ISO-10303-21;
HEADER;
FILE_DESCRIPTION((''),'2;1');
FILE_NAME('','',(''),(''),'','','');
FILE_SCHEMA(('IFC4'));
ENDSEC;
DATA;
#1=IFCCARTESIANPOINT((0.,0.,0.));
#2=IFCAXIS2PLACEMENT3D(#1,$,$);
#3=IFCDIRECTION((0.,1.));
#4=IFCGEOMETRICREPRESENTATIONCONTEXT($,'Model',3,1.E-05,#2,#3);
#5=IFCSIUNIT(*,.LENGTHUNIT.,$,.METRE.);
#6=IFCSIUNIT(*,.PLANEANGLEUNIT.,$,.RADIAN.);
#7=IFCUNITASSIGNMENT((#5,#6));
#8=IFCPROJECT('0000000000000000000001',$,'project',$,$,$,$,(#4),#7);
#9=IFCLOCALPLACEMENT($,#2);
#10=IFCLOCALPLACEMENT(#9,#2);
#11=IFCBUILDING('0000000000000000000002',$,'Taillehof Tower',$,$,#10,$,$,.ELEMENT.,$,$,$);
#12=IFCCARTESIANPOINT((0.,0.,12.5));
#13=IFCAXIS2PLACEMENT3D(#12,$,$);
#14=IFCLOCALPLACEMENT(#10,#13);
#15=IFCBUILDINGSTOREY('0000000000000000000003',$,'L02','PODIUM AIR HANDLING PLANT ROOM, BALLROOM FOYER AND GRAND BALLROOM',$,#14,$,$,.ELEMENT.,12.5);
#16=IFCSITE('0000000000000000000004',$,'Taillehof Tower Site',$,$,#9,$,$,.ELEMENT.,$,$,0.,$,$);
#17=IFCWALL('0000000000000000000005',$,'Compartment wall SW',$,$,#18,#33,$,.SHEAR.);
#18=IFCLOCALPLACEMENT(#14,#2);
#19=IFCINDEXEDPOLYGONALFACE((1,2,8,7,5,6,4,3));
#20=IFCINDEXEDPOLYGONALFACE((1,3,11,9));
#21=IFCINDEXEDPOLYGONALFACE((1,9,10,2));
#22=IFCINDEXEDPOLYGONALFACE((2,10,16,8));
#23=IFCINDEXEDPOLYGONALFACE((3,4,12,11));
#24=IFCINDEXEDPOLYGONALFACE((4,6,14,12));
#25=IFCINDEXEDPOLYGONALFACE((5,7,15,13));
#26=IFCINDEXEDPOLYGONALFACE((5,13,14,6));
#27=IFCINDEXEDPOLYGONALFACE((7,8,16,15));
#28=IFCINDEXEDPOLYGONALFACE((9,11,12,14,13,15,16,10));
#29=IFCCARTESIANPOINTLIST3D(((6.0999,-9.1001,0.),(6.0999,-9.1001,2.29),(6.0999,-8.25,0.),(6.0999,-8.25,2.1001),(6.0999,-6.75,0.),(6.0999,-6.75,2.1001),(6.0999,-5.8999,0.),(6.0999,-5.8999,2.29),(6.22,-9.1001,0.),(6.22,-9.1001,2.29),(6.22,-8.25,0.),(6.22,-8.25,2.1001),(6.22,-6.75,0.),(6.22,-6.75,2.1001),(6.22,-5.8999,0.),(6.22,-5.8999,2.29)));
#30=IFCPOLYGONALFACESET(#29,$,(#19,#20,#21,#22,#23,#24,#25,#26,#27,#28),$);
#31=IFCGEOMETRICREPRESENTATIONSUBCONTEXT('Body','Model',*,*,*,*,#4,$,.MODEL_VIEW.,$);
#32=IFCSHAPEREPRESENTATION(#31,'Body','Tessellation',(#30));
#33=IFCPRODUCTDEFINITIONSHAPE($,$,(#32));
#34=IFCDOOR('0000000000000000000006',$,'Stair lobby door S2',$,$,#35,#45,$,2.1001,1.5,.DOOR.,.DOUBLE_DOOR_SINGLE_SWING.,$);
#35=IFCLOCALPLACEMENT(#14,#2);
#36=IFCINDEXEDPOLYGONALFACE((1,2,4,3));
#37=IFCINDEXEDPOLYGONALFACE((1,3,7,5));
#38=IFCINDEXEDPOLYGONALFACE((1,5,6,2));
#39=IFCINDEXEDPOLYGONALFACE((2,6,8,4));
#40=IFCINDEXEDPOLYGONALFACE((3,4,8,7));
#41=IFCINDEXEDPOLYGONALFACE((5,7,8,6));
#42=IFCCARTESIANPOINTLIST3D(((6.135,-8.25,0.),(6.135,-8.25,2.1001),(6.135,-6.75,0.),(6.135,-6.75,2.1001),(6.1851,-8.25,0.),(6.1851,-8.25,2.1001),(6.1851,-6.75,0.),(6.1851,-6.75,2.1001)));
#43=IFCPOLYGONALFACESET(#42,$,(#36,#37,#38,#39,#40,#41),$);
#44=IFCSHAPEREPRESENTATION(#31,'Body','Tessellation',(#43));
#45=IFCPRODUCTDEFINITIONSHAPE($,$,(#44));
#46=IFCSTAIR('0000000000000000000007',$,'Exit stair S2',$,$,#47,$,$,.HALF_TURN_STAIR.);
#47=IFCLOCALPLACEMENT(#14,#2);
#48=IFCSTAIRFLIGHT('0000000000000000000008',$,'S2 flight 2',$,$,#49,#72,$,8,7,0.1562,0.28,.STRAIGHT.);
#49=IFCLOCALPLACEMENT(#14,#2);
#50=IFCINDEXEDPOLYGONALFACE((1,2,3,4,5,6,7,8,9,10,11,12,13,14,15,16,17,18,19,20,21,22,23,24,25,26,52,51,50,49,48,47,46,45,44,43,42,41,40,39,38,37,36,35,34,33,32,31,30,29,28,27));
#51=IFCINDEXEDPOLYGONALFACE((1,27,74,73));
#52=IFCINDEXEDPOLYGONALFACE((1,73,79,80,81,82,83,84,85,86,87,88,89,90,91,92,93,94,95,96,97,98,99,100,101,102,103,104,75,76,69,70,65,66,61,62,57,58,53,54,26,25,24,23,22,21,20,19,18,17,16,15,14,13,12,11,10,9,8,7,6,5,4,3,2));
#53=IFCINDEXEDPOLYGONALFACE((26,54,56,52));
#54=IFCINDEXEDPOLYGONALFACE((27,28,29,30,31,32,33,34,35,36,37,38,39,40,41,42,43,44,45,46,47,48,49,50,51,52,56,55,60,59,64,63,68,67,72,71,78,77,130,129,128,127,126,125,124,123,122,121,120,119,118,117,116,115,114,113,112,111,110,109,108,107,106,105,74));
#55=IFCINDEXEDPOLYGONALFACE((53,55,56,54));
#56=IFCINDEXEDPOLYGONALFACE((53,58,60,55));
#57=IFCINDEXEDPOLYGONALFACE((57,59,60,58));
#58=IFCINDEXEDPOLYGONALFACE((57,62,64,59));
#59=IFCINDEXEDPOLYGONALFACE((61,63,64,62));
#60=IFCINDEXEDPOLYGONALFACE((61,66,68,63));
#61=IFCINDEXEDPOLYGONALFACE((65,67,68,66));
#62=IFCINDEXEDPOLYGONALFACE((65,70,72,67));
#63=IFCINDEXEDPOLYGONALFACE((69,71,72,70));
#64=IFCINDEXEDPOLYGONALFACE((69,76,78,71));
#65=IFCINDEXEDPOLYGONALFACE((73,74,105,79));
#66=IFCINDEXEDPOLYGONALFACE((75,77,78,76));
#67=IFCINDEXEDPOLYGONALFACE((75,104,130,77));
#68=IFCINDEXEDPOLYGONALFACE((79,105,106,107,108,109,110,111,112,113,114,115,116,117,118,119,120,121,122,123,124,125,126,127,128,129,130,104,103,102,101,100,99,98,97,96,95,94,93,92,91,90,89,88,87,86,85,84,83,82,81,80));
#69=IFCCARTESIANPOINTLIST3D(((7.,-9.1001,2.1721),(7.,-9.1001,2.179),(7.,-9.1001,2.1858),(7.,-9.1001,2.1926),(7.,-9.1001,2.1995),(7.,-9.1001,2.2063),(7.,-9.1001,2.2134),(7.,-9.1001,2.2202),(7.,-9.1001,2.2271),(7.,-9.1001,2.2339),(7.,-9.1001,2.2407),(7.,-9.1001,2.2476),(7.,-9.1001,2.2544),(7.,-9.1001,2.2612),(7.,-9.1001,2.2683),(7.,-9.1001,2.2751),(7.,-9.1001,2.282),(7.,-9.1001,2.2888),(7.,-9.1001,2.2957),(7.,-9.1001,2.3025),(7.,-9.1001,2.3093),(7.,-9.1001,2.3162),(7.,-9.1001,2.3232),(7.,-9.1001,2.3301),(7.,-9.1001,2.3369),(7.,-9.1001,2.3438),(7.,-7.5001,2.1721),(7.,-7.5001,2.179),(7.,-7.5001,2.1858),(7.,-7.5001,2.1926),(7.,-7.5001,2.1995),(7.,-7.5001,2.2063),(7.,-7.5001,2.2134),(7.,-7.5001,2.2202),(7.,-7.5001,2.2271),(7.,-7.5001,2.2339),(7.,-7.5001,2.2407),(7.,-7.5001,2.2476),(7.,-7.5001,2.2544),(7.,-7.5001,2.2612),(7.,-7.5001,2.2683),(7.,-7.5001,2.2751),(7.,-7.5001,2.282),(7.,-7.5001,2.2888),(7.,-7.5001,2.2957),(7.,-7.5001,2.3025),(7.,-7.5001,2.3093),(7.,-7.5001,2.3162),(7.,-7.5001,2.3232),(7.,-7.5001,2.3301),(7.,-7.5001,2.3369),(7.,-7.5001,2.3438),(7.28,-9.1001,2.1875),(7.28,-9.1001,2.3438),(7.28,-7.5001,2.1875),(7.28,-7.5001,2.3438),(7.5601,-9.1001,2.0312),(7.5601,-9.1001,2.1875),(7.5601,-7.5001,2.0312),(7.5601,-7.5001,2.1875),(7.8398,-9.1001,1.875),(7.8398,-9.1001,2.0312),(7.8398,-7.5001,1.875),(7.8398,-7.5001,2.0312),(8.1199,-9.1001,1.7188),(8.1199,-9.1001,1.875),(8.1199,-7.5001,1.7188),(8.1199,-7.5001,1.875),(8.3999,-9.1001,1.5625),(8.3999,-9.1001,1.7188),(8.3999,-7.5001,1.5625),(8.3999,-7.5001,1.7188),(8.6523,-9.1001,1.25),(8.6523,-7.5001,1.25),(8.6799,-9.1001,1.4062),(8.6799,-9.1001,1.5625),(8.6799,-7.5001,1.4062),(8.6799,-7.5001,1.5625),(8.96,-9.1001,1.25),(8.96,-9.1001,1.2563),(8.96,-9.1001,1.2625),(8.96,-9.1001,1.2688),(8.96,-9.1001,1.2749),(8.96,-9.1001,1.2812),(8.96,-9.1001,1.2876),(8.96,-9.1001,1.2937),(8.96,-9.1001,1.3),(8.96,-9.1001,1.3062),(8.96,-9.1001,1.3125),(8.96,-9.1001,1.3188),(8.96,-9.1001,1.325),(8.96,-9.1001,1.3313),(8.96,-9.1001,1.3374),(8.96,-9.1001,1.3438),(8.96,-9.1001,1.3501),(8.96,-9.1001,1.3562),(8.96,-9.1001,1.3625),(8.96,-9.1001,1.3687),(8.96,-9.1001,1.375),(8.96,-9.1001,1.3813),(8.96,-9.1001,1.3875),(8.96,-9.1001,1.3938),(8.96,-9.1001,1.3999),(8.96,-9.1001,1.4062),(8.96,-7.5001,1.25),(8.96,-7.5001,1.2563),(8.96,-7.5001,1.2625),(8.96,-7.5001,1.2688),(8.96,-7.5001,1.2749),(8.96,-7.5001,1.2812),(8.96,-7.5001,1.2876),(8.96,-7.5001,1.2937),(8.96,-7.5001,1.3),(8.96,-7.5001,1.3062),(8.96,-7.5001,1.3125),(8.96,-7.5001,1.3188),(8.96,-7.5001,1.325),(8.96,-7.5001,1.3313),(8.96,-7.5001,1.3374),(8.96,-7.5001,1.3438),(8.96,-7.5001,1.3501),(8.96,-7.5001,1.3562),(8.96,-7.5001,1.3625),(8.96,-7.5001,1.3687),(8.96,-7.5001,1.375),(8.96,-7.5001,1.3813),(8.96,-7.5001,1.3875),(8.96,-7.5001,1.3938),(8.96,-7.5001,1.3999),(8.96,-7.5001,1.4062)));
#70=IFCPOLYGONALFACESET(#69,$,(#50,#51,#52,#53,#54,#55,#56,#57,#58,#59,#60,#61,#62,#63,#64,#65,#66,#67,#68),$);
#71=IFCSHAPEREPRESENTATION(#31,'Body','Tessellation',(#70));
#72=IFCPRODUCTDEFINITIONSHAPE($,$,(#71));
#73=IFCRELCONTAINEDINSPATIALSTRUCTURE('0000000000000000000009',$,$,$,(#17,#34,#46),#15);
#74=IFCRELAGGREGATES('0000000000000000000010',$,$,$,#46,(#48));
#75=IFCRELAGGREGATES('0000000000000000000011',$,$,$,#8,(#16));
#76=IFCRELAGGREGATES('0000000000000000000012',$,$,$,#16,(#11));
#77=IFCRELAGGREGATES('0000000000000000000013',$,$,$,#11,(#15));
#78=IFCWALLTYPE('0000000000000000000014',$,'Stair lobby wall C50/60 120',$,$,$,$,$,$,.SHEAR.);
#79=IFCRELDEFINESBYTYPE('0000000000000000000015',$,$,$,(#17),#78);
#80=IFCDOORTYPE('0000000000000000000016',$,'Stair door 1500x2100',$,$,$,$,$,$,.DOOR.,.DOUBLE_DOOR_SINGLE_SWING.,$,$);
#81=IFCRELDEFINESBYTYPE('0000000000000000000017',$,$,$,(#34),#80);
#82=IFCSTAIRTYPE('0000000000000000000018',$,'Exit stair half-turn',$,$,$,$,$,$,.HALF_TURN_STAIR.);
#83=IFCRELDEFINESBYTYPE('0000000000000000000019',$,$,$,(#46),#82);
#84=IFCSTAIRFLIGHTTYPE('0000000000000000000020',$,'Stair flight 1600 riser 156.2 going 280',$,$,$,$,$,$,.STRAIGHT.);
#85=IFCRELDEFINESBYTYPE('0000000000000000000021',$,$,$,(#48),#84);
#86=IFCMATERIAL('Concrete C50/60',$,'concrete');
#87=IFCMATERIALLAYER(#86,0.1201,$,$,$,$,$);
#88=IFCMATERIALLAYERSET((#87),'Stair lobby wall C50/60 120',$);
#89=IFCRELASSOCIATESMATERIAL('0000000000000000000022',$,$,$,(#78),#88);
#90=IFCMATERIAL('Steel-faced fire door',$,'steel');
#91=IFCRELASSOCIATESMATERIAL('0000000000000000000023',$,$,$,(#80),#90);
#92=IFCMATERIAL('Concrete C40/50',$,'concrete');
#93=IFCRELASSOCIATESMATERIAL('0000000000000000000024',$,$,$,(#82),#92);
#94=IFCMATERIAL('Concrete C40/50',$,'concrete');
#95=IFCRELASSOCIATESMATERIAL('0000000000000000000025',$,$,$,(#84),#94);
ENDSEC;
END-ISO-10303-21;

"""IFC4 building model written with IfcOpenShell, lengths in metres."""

from ifc_helpers import new_model, si_unit, direction, frame, frame_2d, origin, place, context, subcontext, project, spatial, polyline, rectangle, outline, extrude, material, layer, layer_set, type_object, element, fill, aggregate, save


model = new_model("IFC4")

# Units and contexts
model_context = context("Model", 3, precision=1e-05, world=origin(), true_north=direction((0.0, 1.0)))
body_context = subcontext(model_context, "Body", "Model", "MODEL_VIEW")
ifc_project = project(units=[si_unit("LENGTHUNIT", "METRE"), si_unit("PLANEANGLEUNIT", "RADIAN")], contexts=[model_context])

# Site, building, storey
site_placement = place(None, origin())
site = spatial("IfcSite", under=ifc_project, at=site_placement, Name="Taillehof Tower Site", CompositionType="ELEMENT", RefElevation=0.0)
building_placement = place(site_placement, origin())
building = spatial("IfcBuilding", under=site, at=building_placement, Name="Taillehof Tower", CompositionType="ELEMENT")
storey_placement = place(building_placement, frame((0.0, 0.0, 12.5)))
storey = spatial("IfcBuildingStorey", under=building, at=storey_placement, Name="L02", Description="PODIUM AIR HANDLING PLANT ROOM, BALLROOM FOYER AND GRAND BALLROOM", CompositionType="ELEMENT", Elevation=12.5)

# Wall, opening, door
ifc_material_1 = material(Name="Concrete C50/60", Category="concrete")
ifc_layer_1 = layer(ifc_material_1, 0.1201)
ifc_layer_set_1 = layer_set([ifc_layer_1], Name="Stair lobby wall C50/60 120")
wall_type_1 = type_object("IfcWallType", Name="Stair lobby wall C50/60 120", PredefinedType="SHEAR", material=ifc_layer_set_1)
wall_1_placement = place(storey_placement, frame((6.1599, -9.1001, 0.0), z_axis=(0.0, 0.0, 1.0), x_axis=(0.0, 1.0, 0.0)))
wall_1 = element("IfcWall", 1, at=wall_1_placement, inside=storey, type_object=wall_type_1, Name="Compartment wall SW", PredefinedType="SHEAR", context=body_context, shape_type="SweptSolid", body=[
    extrude(rectangle(XDim=3.2002, YDim=0.1201, at=frame_2d((1.6001, 0.0))), origin(), (0.0, 0.0, 1.0), 2.29),
])
opening_1_placement = place(wall_1_placement, frame((0.8501, 0.0, 0.0)))
opening_1 = element("IfcOpeningElement", 2, at=opening_1_placement, cuts=wall_1, PredefinedType="OPENING", context=body_context, shape_type="SweptSolid", body=[
    extrude(rectangle(XDim=1.5, YDim=2.1001, at=frame_2d((0.75, 1.05))), frame((0.0, 0.0701, 0.0), z_axis=(0.0, -1.0, 0.0), x_axis=(1.0, 0.0, 0.0)), (0.0, 0.0, 1.0), 0.1401),
])
ifc_material_2 = material(Name="Steel-faced fire door", Category="steel")
door_type_1 = type_object("IfcDoorType", Name="Stair door 1500x2100", OperationType="DOUBLE_DOOR_SINGLE_SWING", PredefinedType="DOOR", material=ifc_material_2)
door_1_placement = place(opening_1_placement, origin())
door_1 = element("IfcDoor", 3, at=door_1_placement, inside=storey, type_object=door_type_1, Name="Stair lobby door S2", OperationType="DOUBLE_DOOR_SINGLE_SWING", OverallHeight=2.1001, OverallWidth=1.5, PredefinedType="DOOR", context=body_context, shape_type="SweptSolid", body=[
    extrude(rectangle(XDim=1.5, YDim=2.1001, at=frame_2d((0.75, 1.05))), frame((0.0, 0.0249, 0.0), z_axis=(0.0, -1.0, 0.0), x_axis=(1.0, 0.0, 0.0)), (0.0, 0.0, 1.0), 0.05),
])
fill(opening_1, door_1)

# Stair, stair flight
ifc_material_3 = material(Name="Concrete C40/50", Category="concrete")
stair_type = type_object("IfcStairType", Name="Exit stair half-turn", PredefinedType="HALF_TURN_STAIR", material=ifc_material_3)
stair_placement = place(storey_placement, origin())
stair = element("IfcStair", 4, at=stair_placement, inside=storey, type_object=stair_type, Name="Exit stair S2", PredefinedType="HALF_TURN_STAIR")
ifc_material_4 = material(Name="Concrete C40/50", Category="concrete")
stair_flight_type = type_object("IfcStairFlightType", Name="Stair flight 1600 riser 156.2 going 280", PredefinedType="STRAIGHT", material=ifc_material_4)
stair_flight_placement = place(storey_placement, frame((8.96, -8.3, 1.25), z_axis=(0.0, 0.0, 1.0), x_axis=(-1.0, 0.0, 0.0)))
stair_flight = element("IfcStairFlight", 5, at=stair_flight_placement, type_object=stair_flight_type, Name="S2 flight 2", NumberOfRisers=8, NumberOfTreads=7, PredefinedType="STRAIGHT", RiserHeight=0.1562, TreadLength=0.28, context=body_context, shape_type="SweptSolid", body=[
    extrude(outline(polyline([(0.0, 0.0), (0.0, 0.0063), (0.0, 0.0125), (0.0, 0.0188), (0.0, 0.0249), (0.0, 0.0312), (0.0, 0.0376), (0.0, 0.0437), (0.0, 0.05), (0.0, 0.0562), (0.0, 0.0625), (0.0, 0.0688), (0.0, 0.075), (0.0, 0.0813), (0.0, 0.0874), (0.0, 0.0938), (0.0, 0.1001), (0.0, 0.1062), (0.0, 0.1125), (0.0, 0.1187), (0.0, 0.125), (0.0, 0.1313), (0.0, 0.1375), (0.0, 0.1438), (0.0, 0.1499), (0.0, 0.1562), (0.28, 0.1562), (0.28, 0.3125), (0.5601, 0.3125), (0.5601, 0.4688), (0.8401, 0.4688), (0.8401, 0.625), (1.1201, 0.625), (1.1201, 0.7812), (1.3999, 0.7812), (1.3999, 0.9375), (1.6799, 0.9375), (1.6799, 1.0938), (1.96, 1.0938), (1.96, 1.0869), (1.96, 1.0801), (1.96, 1.0732), (1.96, 1.0662), (1.96, 1.0593), (1.96, 1.0525), (1.96, 1.0457), (1.96, 1.0388), (1.96, 1.032), (1.96, 1.0251), (1.96, 1.0183), (1.96, 1.0112), (1.96, 1.0044), (1.96, 0.9976), (1.96, 0.9907), (1.96, 0.9839), (1.96, 0.9771), (1.96, 0.9702), (1.96, 0.9634), (1.96, 0.9563), (1.96, 0.9495), (1.96, 0.9426), (1.96, 0.9358), (1.96, 0.929), (1.96, 0.9221), (0.3076, 0.0), (0.0, 0.0)])), frame((0.0, 0.8, 0.0), z_axis=(0.0, -1.0, 0.0), x_axis=(1.0, 0.0, 0.0)), (0.0, 0.0, 1.0), 1.6),
])
aggregate(stair, [stair_flight])

save(model, "model.ifc")
